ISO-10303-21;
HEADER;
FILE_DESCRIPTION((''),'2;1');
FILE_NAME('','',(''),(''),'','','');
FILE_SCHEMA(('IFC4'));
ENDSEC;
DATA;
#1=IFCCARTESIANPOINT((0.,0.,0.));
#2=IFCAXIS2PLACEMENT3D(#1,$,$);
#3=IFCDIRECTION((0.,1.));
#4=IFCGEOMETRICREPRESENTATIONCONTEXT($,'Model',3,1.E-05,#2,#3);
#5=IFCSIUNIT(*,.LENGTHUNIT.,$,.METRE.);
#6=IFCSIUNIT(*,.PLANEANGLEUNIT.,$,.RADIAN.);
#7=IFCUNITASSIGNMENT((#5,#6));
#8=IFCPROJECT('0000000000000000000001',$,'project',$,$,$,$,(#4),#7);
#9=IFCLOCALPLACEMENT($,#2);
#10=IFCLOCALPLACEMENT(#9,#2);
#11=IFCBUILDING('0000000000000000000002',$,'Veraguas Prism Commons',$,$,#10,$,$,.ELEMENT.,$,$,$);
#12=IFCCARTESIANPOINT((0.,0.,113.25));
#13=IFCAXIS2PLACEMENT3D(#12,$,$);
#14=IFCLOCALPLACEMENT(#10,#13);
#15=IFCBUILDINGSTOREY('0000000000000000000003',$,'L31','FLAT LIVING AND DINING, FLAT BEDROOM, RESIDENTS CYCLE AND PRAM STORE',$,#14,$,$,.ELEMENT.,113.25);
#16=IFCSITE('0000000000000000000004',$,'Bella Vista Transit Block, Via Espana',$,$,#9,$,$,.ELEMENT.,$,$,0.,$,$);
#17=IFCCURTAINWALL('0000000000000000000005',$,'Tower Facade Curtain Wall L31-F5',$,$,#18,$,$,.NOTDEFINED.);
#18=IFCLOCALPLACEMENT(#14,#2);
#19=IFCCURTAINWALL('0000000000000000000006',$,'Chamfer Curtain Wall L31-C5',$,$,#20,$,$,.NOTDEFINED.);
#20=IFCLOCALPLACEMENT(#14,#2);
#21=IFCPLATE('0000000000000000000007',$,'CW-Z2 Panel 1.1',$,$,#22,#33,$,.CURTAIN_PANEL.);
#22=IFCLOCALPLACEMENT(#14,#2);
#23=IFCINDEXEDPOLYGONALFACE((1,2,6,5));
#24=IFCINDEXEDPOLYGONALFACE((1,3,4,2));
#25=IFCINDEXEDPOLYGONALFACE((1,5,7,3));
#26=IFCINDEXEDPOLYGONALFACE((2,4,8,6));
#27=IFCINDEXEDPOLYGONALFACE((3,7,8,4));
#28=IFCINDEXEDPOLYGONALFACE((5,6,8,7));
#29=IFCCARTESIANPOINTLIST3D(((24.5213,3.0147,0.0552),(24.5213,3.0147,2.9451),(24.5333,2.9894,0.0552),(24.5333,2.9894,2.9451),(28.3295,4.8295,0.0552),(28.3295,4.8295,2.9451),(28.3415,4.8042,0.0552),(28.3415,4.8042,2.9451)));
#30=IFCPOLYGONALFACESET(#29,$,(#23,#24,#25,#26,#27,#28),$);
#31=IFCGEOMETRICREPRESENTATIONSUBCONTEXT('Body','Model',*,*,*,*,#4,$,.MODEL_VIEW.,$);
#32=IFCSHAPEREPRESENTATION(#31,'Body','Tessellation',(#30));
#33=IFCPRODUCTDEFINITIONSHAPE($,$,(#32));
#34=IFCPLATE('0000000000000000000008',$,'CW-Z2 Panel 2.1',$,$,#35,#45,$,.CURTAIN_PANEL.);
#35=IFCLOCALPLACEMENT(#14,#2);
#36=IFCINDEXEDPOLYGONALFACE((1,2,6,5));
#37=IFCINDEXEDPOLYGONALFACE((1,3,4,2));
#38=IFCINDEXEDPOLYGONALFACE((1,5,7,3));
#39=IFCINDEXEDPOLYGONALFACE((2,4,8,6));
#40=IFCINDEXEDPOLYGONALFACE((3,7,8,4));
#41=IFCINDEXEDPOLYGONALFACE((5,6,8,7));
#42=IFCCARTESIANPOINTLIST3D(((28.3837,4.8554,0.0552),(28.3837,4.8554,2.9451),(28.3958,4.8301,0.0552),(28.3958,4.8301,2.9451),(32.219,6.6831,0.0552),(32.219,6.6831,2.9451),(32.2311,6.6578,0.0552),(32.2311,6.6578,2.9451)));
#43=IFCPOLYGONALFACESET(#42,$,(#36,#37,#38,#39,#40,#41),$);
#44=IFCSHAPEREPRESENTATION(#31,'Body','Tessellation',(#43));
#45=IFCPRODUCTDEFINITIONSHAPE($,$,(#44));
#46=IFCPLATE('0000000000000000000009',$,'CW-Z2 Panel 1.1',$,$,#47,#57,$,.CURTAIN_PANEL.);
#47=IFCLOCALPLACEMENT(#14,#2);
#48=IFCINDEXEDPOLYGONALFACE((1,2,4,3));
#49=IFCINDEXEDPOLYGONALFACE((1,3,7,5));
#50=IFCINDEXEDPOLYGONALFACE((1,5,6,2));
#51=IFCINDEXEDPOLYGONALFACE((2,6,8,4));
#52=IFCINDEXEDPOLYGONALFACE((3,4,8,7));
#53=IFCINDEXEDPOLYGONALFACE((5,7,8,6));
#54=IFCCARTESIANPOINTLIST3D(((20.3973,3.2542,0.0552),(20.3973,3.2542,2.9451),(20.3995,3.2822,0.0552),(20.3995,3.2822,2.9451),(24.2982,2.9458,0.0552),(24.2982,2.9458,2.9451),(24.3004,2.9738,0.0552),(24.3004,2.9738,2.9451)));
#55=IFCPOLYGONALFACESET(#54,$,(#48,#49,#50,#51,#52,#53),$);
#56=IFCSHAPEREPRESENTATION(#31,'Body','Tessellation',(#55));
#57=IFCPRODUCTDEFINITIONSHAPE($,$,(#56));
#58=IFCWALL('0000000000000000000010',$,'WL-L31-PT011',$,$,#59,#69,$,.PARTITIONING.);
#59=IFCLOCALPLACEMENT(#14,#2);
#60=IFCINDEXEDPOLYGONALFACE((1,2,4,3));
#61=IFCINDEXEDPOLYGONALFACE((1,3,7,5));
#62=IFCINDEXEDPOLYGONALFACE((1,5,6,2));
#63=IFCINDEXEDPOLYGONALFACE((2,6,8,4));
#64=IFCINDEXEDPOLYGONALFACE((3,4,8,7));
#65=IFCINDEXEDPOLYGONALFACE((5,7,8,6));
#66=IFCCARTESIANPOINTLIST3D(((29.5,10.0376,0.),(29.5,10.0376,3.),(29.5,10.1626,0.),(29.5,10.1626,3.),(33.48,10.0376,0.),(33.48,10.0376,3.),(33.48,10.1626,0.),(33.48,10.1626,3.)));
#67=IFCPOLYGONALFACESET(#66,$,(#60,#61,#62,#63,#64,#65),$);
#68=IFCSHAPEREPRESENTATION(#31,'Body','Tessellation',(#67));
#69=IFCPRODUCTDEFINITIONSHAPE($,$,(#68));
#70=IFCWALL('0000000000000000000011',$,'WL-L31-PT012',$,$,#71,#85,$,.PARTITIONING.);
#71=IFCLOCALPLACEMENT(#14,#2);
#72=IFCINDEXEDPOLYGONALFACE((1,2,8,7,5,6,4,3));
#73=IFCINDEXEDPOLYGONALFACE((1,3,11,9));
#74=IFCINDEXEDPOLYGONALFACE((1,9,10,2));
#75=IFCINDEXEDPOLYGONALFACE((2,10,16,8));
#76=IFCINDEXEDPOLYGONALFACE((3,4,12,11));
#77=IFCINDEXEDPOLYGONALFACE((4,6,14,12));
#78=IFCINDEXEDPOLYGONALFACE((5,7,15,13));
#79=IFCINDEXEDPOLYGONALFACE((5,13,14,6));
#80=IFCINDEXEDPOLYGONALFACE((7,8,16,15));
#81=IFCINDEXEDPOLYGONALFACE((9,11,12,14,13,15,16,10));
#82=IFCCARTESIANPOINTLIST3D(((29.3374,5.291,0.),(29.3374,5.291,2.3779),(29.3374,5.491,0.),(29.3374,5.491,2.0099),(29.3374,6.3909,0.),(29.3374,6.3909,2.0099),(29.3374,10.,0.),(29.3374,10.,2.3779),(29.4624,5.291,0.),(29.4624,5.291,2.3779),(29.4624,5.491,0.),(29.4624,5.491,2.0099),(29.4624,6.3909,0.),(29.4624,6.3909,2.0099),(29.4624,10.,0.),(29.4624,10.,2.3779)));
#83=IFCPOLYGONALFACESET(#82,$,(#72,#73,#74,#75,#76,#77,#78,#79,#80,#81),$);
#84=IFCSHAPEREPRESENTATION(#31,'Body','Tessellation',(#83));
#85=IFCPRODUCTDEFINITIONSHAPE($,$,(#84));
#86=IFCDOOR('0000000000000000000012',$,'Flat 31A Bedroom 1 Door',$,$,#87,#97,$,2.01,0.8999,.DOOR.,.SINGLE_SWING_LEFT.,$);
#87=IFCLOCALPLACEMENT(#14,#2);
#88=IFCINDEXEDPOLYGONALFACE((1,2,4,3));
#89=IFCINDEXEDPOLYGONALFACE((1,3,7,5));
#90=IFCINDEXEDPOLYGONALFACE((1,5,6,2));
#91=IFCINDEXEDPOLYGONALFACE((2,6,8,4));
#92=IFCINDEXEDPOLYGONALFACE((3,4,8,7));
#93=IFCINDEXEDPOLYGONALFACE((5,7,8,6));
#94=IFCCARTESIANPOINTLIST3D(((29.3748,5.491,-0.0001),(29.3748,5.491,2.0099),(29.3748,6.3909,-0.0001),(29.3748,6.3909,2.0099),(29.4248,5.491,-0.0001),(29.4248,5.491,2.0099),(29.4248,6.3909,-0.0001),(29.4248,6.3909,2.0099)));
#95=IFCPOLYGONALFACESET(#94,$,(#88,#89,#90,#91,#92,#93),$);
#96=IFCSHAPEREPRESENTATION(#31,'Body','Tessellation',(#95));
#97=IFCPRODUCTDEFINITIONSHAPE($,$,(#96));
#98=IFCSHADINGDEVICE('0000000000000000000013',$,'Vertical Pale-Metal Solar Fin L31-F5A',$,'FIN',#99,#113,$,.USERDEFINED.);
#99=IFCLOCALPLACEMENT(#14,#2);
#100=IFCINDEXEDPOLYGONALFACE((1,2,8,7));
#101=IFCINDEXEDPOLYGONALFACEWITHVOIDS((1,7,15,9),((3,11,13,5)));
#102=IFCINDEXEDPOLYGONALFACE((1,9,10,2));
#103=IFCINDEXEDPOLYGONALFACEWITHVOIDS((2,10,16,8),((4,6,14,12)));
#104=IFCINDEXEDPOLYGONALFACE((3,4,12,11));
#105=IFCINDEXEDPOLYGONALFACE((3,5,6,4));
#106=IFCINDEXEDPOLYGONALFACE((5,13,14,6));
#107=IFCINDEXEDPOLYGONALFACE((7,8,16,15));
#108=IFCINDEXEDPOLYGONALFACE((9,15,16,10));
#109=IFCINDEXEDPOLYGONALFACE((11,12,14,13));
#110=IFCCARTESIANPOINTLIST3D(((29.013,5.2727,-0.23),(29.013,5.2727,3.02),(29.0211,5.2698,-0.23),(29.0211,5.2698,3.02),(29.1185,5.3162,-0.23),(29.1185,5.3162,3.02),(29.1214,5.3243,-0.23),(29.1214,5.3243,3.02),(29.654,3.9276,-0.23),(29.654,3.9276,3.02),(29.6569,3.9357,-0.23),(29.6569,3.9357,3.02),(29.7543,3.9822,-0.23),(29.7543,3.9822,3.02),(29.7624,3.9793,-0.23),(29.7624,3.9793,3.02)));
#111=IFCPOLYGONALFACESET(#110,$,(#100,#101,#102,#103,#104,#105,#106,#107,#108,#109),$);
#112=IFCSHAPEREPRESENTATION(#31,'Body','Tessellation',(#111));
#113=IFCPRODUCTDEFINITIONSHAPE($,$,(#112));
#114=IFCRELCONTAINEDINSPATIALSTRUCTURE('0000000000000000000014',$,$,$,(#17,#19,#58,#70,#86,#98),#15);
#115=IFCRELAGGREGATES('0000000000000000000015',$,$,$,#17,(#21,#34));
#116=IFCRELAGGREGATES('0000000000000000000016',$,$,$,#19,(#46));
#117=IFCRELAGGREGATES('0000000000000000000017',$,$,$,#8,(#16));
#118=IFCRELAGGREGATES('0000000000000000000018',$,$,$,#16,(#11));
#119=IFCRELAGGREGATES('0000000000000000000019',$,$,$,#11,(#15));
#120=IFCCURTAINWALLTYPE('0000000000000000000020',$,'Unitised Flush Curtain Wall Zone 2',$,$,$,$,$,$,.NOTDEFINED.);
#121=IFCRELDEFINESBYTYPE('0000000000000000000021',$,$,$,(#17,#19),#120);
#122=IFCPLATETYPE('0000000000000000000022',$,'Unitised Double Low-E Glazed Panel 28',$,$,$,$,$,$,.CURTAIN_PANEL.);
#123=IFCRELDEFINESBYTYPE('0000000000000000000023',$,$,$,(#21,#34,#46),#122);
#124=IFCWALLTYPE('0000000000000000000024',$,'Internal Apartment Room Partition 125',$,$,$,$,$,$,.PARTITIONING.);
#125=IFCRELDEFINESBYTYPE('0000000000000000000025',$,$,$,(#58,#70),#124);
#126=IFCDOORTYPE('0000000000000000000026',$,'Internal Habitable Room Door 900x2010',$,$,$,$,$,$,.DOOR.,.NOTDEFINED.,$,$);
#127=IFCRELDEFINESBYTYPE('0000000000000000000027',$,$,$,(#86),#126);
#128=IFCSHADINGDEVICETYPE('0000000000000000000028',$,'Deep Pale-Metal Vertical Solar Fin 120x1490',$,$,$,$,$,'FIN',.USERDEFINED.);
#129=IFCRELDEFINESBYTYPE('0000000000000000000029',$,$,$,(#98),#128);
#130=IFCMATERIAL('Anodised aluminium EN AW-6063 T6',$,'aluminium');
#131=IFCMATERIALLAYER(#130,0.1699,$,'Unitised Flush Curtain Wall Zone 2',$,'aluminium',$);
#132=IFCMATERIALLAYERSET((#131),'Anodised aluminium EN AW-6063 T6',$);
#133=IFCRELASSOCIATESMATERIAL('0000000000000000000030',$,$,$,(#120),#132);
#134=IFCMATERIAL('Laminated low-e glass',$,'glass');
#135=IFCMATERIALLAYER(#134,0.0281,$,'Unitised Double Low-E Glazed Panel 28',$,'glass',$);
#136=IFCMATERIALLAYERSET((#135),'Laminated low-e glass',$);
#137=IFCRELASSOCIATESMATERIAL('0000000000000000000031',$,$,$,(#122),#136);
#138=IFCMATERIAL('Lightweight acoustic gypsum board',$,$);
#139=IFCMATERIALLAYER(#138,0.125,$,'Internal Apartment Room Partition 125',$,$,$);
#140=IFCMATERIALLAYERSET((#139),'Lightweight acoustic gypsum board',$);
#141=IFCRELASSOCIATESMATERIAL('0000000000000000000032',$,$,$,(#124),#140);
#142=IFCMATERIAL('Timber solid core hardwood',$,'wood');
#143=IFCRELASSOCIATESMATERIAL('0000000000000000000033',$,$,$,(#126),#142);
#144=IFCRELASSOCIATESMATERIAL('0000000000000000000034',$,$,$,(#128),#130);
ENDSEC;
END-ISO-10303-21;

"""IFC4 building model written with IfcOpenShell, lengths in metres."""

from ifc_helpers import new_model, si_unit, direction, frame, frame_2d, origin, origin_2d, place, context, subcontext, project, spatial, rectangle, hollow_rectangle, extrude, source, transform, mapped, material, layer, layer_set, material_profile, profile_set, type_object, element, fill, aggregate, save


model = new_model("IFC4")

# Units and contexts
model_context = context("Model", 3, precision=1e-05, world=origin(), true_north=direction((0.0, 1.0)))
body_context = subcontext(model_context, "Body", "Model", "MODEL_VIEW")
ifc_project = project(units=[si_unit("LENGTHUNIT", "METRE"), si_unit("PLANEANGLEUNIT", "RADIAN")], contexts=[model_context])

# Site, building, storey
site_placement = place(None, origin())
site = spatial("IfcSite", under=ifc_project, at=site_placement, Name="Bella Vista Transit Block, Via Espana", CompositionType="ELEMENT", RefElevation=0.0)
building_placement = place(site_placement, origin())
building = spatial("IfcBuilding", under=site, at=building_placement, Name="Veraguas Prism Commons", CompositionType="ELEMENT")
storey_placement = place(building_placement, frame((0.0, 0.0, 113.25)))
storey = spatial("IfcBuildingStorey", under=building, at=storey_placement, Name="L31", Description="FLAT LIVING AND DINING, FLAT BEDROOM, RESIDENTS CYCLE AND PRAM STORE", CompositionType="ELEMENT", Elevation=113.25)

# Curtain wall
ifc_material_1 = material(Name="Anodised aluminium EN AW-6063 T6", Category="aluminium")
ifc_layer_1 = layer(ifc_material_1, 0.1699, Name="Unitised Flush Curtain Wall Zone 2", Category="aluminium")
ifc_layer_set_1 = layer_set([ifc_layer_1], Name="Anodised aluminium EN AW-6063 T6")
curtain_wall_type = type_object("IfcCurtainWallType", Name="Unitised Flush Curtain Wall Zone 2", PredefinedType="NOTDEFINED", material=ifc_layer_set_1)
curtain_wall_1_placement = place(storey_placement, origin())
curtain_wall_1 = element("IfcCurtainWall", 1, at=curtain_wall_1_placement, inside=storey, type_object=curtain_wall_type, Name="Tower Facade Curtain Wall L31-F5", PredefinedType="NOTDEFINED")

# Curtain wall
curtain_wall_2_placement = place(storey_placement, origin())
curtain_wall_2 = element("IfcCurtainWall", 2, at=curtain_wall_2_placement, inside=storey, type_object=curtain_wall_type, Name="Chamfer Curtain Wall L31-C5", PredefinedType="NOTDEFINED")

# Plates
ifc_material_2 = material(Name="Laminated low-e glass", Category="glass")
ifc_layer_2 = layer(ifc_material_2, 0.0281, Name="Unitised Double Low-E Glazed Panel 28", Category="glass")
ifc_layer_set_2 = layer_set([ifc_layer_2], Name="Laminated low-e glass")
plate_type = type_object("IfcPlateType", Name="Unitised Double Low-E Glazed Panel 28", PredefinedType="CURTAIN_PANEL", material=ifc_layer_set_2)
shared_shape_1 = source(origin(), body_context, "Body", "SweptSolid", [
    extrude(rectangle(XDim=4.2185, YDim=0.0281, at=origin_2d()), origin(), (0.0, 0.0, 1.0), 2.8899),
])
plate_1_placement = place(storey_placement, frame((26.4314, 3.9094, 0.0552), z_axis=(0.0, 0.0, 1.0), x_axis=(0.902734, 0.430199, 0.0)))
plate_1 = element("IfcPlate", 3, at=plate_1_placement, type_object=plate_type, Name="CW-Z2 Panel 1.1", PredefinedType="CURTAIN_PANEL", context=body_context, shape_type="MappedRepresentation", body=[
    mapped(shared_shape_1, transform((0.0, 0.0, 0.0), scale=1.0)),
])
shared_shape_2 = source(origin(), body_context, "Body", "SweptSolid", [
    extrude(rectangle(XDim=4.2485, YDim=0.0281, at=origin_2d()), origin(), (0.0, 0.0, 1.0), 2.8899),
])
plate_2_placement = place(storey_placement, frame((30.3074, 5.7566, 0.0552), z_axis=(0.0, 0.0, 1.0), x_axis=(0.902734, 0.430199, 0.0)))
plate_2 = element("IfcPlate", 4, at=plate_2_placement, type_object=plate_type, Name="CW-Z2 Panel 2.1", PredefinedType="CURTAIN_PANEL", context=body_context, shape_type="MappedRepresentation", body=[
    mapped(shared_shape_2, transform((0.0, 0.0, 0.0), scale=1.0)),
])
aggregate(curtain_wall_1, [plate_1, plate_2])
shared_shape_3 = source(origin(), body_context, "Body", "SweptSolid", [
    extrude(rectangle(XDim=3.9131, YDim=0.0281, at=origin_2d()), origin(), (0.0, 0.0, 1.0), 2.8899),
])
plate_3_placement = place(storey_placement, frame((22.3489, 3.114, 0.0552), z_axis=(0.0, 0.0, 1.0), x_axis=(0.996889, -0.078821, 0.0)))
plate_3 = element("IfcPlate", 5, at=plate_3_placement, type_object=plate_type, Name="CW-Z2 Panel 1.1", PredefinedType="CURTAIN_PANEL", context=body_context, shape_type="MappedRepresentation", body=[
    mapped(shared_shape_3, transform((0.0, 0.0, 0.0), scale=1.0)),
])
aggregate(curtain_wall_2, [plate_3])

# Wall
ifc_material_3 = material(Name="Lightweight acoustic gypsum board")
ifc_layer_3 = layer(ifc_material_3, 0.125, Name="Internal Apartment Room Partition 125")
ifc_layer_set_3 = layer_set([ifc_layer_3], Name="Lightweight acoustic gypsum board")
wall_type = type_object("IfcWallType", Name="Internal Apartment Room Partition 125", PredefinedType="PARTITIONING", material=ifc_layer_set_3)
wall_1_placement = place(storey_placement, frame((29.5, 10.1001, 0.0), z_axis=(0.0, 0.0, 1.0), x_axis=(1.0, 0.0, 0.0)))
element("IfcWall", 6, at=wall_1_placement, inside=storey, type_object=wall_type, Name="WL-L31-PT011", PredefinedType="PARTITIONING", context=body_context, shape_type="SweptSolid", body=[
    extrude(rectangle(XDim=3.98, YDim=0.125, at=frame_2d((1.99, 0.0))), origin(), (0.0, 0.0, 1.0), 3.0),
])

# Wall, opening, door
wall_2_placement = place(storey_placement, frame((29.3999, 10.0, 0.0), z_axis=(0.0, 0.0, 1.0), x_axis=(0.0, -1.0, 0.0)))
wall_2 = element("IfcWall", 7, at=wall_2_placement, inside=storey, type_object=wall_type, Name="WL-L31-PT012", PredefinedType="PARTITIONING", context=body_context, shape_type="SweptSolid", body=[
    extrude(rectangle(XDim=4.709, YDim=0.125, at=frame_2d((2.3545, 0.0))), origin(), (0.0, 0.0, 1.0), 2.3779),
])
opening_placement = place(wall_2_placement, frame((3.6091, 0.0, 0.0)))
opening = element("IfcOpeningElement", 8, at=opening_placement, cuts=wall_2, PredefinedType="OPENING", context=body_context, shape_type="SweptSolid", body=[
    extrude(rectangle(XDim=0.8999, YDim=2.01, at=frame_2d((0.45, 1.0049))), frame((0.0, 0.0725, 0.0), z_axis=(0.0, -1.0, 0.0), x_axis=(1.0, 0.0, 0.0)), (0.0, 0.0, 1.0), 0.145),
])
ifc_material_4 = material(Name="Timber solid core hardwood", Category="wood")
door_type = type_object("IfcDoorType", Name="Internal Habitable Room Door 900x2010", OperationType="NOTDEFINED", PredefinedType="DOOR", material=ifc_material_4)
shared_shape_4 = source(origin(), body_context, "Body", "SweptSolid", [
    extrude(rectangle(XDim=0.8999, YDim=2.01, at=frame_2d((0.45, 1.0049))), frame((0.0, 0.0249, 0.0), z_axis=(0.0, -1.0, 0.0), x_axis=(1.0, 0.0, 0.0)), (0.0, 0.0, 1.0), 0.05),
])
door_placement = place(opening_placement, origin())
door = element("IfcDoor", 9, at=door_placement, inside=storey, type_object=door_type, Name="Flat 31A Bedroom 1 Door", OperationType="SINGLE_SWING_LEFT", OverallHeight=2.01, OverallWidth=0.8999, PredefinedType="DOOR", context=body_context, shape_type="MappedRepresentation", body=[
    mapped(shared_shape_4, transform((0.0, 0.0, 0.0), scale=1.0)),
])
fill(opening, door)

# Shading device
ifc_material_profile_1 = material_profile(ifc_material_1, hollow_rectangle(XDim=0.1201, YDim=1.49, WallThickness=0.0061, at=origin_2d()), Name="FIN120X1490X6")
ifc_profile_set_1 = profile_set([ifc_material_profile_1], Name="Anodised aluminium EN AW-6063 T6")
shading_device_type = type_object("IfcShadingDeviceType", Name="Deep Pale-Metal Vertical Solar Fin 120x1490", ElementType="FIN", PredefinedType="USERDEFINED", material=ifc_profile_set_1)
shading_device_placement = place(storey_placement, frame((29.3877, 4.626, -0.23), z_axis=(0.0, 0.0, 1.0), x_axis=(0.902735, 0.430198, 0.0)))
element("IfcShadingDevice", 10, at=shading_device_placement, inside=storey, type_object=shading_device_type, Name="Vertical Pale-Metal Solar Fin L31-F5A", ObjectType="FIN", PredefinedType="USERDEFINED", context=body_context, shape_type="SweptSolid", body=[
    extrude(hollow_rectangle(XDim=0.1201, YDim=1.49, WallThickness=0.0061, at=origin_2d()), origin(), (0.0, 0.0, 1.0), 3.25),
])

save(model, "model.ifc")
